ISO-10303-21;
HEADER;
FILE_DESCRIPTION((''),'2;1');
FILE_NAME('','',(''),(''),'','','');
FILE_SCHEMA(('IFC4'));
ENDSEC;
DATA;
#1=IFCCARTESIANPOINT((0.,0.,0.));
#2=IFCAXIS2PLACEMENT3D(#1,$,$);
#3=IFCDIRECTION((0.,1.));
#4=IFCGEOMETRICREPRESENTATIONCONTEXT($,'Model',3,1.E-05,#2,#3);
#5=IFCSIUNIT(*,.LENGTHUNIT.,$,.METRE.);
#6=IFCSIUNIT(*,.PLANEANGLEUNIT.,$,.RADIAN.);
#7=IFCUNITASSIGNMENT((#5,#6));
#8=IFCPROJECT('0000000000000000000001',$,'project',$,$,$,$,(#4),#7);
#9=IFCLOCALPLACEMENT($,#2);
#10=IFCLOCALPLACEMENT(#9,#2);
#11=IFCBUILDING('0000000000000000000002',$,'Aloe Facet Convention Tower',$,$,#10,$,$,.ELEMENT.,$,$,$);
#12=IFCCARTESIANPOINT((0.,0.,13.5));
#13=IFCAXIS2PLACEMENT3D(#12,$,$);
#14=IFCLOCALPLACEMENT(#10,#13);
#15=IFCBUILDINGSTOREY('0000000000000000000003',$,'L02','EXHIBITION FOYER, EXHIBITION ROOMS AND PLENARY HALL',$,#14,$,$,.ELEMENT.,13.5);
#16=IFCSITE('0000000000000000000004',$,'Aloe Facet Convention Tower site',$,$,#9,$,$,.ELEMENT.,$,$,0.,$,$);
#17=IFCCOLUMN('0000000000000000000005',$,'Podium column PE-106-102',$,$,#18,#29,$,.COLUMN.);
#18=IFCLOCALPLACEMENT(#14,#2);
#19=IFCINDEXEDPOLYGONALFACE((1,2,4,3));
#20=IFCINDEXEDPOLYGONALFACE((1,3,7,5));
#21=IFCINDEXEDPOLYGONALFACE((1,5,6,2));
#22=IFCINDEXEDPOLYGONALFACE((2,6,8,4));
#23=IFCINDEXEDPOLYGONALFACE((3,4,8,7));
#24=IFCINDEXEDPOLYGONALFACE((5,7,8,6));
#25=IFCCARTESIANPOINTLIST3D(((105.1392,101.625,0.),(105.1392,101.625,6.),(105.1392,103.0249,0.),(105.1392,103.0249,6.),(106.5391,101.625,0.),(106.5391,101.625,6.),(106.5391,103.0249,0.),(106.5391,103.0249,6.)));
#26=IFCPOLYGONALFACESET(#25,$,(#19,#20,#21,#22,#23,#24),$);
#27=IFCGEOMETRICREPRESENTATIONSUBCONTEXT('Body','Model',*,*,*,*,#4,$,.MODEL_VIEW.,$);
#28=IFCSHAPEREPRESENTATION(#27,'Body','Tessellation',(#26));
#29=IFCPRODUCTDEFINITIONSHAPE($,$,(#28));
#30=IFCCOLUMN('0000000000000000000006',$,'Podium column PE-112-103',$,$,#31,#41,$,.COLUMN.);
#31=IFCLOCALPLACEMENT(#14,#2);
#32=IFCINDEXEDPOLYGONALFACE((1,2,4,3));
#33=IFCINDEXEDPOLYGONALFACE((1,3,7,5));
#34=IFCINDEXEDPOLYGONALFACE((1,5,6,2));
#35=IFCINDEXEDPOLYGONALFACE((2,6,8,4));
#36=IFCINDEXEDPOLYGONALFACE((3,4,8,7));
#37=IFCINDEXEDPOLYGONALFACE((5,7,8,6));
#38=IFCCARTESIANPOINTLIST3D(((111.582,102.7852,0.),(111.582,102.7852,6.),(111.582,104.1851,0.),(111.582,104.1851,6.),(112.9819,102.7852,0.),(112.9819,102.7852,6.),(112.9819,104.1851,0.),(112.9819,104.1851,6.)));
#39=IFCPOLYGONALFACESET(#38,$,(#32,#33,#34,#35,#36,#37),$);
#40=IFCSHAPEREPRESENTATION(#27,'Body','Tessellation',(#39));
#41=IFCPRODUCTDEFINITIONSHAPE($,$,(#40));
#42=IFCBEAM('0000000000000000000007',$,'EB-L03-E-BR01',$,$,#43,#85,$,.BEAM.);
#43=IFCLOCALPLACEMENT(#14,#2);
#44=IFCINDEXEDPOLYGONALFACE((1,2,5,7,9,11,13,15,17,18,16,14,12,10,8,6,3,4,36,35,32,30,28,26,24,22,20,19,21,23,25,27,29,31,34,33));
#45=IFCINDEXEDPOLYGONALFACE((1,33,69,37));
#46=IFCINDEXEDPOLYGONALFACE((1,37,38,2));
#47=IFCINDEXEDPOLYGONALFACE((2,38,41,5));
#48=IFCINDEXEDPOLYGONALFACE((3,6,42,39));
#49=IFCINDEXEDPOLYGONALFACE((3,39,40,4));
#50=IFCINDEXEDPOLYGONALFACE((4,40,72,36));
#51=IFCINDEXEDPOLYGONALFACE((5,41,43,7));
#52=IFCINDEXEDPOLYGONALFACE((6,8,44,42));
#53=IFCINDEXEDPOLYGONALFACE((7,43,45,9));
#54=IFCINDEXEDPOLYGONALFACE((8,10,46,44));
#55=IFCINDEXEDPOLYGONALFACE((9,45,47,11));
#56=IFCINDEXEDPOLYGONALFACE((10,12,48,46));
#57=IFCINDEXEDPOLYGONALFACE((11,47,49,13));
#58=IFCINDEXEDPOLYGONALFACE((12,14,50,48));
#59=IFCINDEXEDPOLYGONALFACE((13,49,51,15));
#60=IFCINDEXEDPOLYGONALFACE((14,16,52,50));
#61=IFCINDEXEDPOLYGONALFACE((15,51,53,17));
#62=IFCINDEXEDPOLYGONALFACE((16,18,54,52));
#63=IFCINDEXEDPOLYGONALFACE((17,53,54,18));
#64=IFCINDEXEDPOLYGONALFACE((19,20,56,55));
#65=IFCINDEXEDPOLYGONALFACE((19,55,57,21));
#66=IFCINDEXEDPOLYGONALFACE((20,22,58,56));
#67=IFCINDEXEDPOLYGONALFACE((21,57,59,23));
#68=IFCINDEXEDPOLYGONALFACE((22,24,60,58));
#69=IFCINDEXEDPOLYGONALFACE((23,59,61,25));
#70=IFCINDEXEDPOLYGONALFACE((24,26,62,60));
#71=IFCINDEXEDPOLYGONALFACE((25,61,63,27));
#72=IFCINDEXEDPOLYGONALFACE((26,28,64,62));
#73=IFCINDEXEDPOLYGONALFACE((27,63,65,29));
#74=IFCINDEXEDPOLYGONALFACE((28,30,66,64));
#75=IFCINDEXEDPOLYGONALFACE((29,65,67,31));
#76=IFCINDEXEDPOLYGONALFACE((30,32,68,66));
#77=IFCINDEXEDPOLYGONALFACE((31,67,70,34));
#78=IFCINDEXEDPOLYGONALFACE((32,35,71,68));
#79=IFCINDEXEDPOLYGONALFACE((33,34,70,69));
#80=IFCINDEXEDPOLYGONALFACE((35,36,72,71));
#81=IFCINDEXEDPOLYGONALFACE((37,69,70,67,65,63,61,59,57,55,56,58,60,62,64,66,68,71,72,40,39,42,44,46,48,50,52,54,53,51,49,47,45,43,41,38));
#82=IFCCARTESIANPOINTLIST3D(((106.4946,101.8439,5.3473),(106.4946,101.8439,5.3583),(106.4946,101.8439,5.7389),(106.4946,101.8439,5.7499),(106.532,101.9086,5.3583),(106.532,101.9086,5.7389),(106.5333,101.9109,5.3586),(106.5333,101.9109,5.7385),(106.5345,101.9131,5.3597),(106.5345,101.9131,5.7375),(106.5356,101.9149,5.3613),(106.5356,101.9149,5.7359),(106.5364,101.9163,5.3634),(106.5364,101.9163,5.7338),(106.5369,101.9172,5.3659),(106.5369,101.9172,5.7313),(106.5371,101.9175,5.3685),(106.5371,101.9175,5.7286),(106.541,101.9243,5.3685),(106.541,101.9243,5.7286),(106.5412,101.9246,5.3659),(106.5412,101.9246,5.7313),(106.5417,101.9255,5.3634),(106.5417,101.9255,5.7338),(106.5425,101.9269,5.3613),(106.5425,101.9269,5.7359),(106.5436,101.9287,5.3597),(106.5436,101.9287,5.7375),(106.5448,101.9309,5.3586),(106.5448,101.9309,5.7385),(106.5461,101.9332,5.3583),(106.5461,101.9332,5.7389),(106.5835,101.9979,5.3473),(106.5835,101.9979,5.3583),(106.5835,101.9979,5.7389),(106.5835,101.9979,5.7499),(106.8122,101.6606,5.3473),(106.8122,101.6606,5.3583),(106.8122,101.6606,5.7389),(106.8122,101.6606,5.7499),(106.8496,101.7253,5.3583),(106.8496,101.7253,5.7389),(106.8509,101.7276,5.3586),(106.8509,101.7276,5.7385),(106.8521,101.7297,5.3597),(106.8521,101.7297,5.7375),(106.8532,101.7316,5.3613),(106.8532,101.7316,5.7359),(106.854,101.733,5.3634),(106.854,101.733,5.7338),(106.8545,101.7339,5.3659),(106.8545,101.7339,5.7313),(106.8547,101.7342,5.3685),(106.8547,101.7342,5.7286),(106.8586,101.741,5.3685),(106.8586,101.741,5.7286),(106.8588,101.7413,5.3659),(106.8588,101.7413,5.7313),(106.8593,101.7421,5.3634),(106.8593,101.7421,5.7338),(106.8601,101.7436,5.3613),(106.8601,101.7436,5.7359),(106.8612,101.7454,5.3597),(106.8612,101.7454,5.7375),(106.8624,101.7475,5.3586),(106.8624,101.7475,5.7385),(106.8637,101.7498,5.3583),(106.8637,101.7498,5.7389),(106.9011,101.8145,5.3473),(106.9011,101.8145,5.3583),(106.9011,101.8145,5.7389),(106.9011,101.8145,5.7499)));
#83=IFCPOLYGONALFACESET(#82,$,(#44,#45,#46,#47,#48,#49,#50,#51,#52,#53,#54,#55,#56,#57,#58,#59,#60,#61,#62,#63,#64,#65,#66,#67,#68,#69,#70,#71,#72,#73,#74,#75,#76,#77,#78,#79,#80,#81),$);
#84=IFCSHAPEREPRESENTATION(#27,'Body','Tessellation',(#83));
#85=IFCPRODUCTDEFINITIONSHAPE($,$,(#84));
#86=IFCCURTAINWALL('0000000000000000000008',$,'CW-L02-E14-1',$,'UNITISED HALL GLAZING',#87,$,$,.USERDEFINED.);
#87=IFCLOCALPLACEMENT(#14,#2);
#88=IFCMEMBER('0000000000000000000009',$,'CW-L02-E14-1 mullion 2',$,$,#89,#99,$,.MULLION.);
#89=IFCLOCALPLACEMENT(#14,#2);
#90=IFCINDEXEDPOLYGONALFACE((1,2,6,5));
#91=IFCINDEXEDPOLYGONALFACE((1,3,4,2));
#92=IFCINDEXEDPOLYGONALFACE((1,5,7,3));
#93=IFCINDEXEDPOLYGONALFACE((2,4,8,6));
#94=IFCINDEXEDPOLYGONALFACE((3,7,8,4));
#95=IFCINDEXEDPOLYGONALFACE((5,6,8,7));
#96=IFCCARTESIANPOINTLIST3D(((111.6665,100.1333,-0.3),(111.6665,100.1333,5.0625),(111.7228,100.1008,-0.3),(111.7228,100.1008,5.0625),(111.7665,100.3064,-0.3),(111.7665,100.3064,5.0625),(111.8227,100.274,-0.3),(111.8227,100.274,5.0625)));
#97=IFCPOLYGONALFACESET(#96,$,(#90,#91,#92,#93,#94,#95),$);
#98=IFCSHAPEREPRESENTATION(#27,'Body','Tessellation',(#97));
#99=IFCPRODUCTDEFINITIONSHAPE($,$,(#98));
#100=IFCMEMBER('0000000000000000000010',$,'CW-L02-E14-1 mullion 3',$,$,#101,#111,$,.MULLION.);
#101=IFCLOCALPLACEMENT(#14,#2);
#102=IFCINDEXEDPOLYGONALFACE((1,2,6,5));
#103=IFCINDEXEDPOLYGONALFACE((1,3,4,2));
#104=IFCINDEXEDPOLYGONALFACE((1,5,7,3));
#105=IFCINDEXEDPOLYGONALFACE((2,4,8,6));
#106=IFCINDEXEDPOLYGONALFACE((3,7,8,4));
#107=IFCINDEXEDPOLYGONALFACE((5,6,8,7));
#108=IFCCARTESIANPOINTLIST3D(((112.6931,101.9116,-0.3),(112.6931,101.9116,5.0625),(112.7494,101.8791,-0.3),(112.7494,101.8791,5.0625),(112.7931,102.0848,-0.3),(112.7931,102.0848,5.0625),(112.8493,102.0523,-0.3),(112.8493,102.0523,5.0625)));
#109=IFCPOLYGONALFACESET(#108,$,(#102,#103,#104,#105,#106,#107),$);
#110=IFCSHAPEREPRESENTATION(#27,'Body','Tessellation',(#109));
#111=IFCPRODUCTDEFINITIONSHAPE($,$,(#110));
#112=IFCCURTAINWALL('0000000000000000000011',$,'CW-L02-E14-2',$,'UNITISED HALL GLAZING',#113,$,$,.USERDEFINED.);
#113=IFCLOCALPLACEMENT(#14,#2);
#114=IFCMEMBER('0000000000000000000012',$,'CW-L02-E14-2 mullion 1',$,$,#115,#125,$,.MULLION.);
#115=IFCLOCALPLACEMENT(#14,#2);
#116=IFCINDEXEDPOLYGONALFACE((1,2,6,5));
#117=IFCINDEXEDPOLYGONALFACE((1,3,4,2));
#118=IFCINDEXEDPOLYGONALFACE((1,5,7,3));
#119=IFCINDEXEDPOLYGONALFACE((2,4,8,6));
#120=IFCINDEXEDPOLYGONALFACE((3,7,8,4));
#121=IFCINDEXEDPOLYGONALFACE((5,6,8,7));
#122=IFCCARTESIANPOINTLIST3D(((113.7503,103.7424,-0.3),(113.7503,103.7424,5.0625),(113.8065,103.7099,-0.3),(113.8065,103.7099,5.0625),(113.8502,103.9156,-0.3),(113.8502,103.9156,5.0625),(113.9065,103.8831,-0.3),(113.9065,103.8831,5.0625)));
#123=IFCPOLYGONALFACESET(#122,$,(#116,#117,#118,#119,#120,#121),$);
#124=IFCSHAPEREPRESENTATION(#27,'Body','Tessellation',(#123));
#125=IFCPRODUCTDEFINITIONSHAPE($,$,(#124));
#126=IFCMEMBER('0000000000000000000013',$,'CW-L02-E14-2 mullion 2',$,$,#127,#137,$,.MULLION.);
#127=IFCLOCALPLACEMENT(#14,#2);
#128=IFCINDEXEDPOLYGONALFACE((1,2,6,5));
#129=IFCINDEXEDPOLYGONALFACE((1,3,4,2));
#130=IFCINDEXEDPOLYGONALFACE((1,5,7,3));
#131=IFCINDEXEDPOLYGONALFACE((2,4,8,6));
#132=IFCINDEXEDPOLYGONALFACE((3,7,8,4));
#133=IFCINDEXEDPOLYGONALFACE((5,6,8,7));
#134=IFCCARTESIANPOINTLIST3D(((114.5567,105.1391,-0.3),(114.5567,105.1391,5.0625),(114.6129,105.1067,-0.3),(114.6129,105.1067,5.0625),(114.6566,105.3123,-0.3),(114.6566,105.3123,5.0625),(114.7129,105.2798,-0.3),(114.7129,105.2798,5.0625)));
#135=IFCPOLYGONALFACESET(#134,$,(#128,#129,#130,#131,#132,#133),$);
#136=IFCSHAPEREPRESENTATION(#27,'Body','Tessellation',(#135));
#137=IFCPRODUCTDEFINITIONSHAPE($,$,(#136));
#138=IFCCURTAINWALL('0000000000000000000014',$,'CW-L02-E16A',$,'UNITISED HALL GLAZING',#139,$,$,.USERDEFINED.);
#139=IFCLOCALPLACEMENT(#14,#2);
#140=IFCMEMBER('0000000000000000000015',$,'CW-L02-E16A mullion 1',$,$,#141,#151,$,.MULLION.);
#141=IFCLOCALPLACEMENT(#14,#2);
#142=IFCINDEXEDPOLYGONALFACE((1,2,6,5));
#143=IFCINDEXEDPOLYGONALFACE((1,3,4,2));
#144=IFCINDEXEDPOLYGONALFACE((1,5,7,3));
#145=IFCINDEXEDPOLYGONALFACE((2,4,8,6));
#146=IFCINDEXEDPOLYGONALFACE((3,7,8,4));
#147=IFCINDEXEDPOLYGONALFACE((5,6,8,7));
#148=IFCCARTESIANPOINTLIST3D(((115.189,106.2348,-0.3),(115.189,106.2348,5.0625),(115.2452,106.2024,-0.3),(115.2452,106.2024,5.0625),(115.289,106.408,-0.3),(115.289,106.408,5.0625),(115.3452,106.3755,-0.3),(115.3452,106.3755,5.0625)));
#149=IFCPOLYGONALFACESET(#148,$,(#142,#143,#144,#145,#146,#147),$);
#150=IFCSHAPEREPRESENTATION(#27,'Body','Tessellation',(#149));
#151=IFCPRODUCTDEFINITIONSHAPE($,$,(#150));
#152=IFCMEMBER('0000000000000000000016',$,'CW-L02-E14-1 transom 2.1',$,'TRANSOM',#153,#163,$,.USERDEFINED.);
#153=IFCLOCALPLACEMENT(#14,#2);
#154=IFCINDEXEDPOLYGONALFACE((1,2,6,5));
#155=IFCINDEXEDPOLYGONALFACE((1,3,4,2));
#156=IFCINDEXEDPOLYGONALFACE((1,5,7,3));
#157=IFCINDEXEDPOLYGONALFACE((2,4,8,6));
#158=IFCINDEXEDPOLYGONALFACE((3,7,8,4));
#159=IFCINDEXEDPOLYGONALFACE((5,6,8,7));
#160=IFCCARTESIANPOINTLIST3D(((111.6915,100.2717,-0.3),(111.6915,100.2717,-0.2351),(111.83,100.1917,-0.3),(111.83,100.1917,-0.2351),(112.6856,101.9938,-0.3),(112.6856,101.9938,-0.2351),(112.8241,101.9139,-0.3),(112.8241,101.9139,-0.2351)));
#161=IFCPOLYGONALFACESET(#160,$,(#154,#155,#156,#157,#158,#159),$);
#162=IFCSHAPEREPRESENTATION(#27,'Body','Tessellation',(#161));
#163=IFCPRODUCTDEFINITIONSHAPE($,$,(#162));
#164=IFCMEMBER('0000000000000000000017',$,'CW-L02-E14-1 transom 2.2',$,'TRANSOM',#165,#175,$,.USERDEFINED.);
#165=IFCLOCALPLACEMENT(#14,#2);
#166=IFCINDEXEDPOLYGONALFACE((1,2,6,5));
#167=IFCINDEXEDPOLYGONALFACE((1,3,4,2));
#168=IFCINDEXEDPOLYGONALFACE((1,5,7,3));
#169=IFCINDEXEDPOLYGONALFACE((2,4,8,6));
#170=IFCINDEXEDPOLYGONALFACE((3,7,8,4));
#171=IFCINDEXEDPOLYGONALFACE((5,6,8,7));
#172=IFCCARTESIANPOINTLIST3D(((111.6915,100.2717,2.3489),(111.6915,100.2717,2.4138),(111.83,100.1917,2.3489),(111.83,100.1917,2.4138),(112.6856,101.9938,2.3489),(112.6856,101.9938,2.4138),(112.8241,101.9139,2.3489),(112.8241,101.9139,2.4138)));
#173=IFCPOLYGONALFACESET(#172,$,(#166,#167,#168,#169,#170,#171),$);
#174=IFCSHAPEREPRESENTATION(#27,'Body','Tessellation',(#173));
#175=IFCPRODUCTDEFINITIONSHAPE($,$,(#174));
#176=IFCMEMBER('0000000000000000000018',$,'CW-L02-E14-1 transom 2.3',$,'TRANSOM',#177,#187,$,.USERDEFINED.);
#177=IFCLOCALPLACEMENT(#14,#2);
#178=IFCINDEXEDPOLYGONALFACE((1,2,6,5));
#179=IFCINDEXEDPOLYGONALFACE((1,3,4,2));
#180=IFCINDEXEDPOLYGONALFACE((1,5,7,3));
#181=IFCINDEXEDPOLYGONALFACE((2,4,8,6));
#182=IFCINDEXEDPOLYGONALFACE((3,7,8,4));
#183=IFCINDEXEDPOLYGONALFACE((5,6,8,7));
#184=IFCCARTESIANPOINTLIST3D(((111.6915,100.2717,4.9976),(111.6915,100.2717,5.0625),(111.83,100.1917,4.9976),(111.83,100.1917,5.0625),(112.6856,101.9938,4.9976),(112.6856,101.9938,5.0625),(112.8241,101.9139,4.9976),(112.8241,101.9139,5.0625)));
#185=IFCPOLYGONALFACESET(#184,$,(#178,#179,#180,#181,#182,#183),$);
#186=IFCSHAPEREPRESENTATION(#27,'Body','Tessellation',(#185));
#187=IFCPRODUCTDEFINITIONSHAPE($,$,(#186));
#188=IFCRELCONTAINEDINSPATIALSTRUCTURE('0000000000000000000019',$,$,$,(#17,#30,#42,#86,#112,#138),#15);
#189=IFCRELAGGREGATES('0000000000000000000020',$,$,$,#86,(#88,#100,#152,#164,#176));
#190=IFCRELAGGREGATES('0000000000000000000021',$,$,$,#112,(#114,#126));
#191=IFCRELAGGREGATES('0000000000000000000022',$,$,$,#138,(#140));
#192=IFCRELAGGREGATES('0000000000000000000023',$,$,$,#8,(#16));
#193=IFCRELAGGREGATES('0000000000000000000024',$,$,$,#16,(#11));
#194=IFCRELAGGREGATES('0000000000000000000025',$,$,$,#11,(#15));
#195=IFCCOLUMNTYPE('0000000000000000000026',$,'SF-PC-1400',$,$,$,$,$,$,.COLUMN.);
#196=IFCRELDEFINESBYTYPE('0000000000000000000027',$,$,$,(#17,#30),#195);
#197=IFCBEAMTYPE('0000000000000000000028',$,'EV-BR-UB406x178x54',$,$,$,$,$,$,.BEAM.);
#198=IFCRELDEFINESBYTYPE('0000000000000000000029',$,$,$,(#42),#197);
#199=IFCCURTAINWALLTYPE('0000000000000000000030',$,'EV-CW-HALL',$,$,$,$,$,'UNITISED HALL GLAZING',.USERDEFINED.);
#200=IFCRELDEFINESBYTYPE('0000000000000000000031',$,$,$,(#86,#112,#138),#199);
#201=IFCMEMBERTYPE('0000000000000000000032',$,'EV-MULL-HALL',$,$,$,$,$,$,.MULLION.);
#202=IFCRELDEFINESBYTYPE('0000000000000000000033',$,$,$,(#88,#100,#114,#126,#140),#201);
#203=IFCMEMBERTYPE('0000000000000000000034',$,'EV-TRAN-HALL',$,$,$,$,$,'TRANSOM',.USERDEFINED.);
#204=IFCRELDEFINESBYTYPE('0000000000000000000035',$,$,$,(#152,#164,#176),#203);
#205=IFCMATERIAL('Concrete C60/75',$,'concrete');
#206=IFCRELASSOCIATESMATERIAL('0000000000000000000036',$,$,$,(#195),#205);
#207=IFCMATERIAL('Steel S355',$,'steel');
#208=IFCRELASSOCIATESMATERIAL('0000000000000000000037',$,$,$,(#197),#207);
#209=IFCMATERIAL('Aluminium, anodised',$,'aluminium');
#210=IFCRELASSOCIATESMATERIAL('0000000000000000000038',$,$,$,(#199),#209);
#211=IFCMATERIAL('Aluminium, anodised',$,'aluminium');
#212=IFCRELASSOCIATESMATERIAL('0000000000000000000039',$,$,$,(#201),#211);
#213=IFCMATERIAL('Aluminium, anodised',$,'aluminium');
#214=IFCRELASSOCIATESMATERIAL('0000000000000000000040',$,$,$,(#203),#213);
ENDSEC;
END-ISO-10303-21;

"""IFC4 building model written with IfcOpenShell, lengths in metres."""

from ifc_helpers import new_model, si_unit, direction, frame, origin, origin_2d, place, context, subcontext, project, spatial, rectangle, i_section, extrude, material, material_profile, profile_set, type_object, element, aggregate, save


model = new_model("IFC4")

# Units and contexts
model_context = context("Model", 3, precision=1e-05, world=origin(), true_north=direction((0.0, 1.0)))
body_context = subcontext(model_context, "Body", "Model", "MODEL_VIEW")
ifc_project = project(units=[si_unit("LENGTHUNIT", "METRE"), si_unit("PLANEANGLEUNIT", "RADIAN")], contexts=[model_context])

# Site, building, storey
site_placement = place(None, origin())
site = spatial("IfcSite", under=ifc_project, at=site_placement, Name="Aloe Facet Convention Tower site", CompositionType="ELEMENT", RefElevation=0.0)
building_placement = place(site_placement, origin())
building = spatial("IfcBuilding", under=site, at=building_placement, Name="Aloe Facet Convention Tower", CompositionType="ELEMENT")
storey_placement = place(building_placement, frame((0.0, 0.0, 13.5)))
storey = spatial("IfcBuildingStorey", under=building, at=storey_placement, Name="L02", Description="EXHIBITION FOYER, EXHIBITION ROOMS AND PLENARY HALL", CompositionType="ELEMENT", Elevation=13.5)

# Columns
ifc_material_1 = material(Name="Concrete C60/75", Category="concrete")
ifc_material_profile_1 = material_profile(ifc_material_1, rectangle(XDim=1.3999, YDim=1.3999, at=origin_2d()), Name="SF-PC-1400")
ifc_profile_set_1 = profile_set([ifc_material_profile_1], Name="Concrete C60/75")
column_type = type_object("IfcColumnType", Name="SF-PC-1400", PredefinedType="COLUMN", material=ifc_profile_set_1)
for number, where, z_axis, x_axis, name in (
    (1, (105.8391, 102.325, 0.0), (0.0, 0.0, 1.0), (1.0, 0.0, 0.0), "Podium column PE-106-102"),
    (2, (112.282, 103.4851, 0.0), (0.0, 0.0, 1.0), (1.0, 0.0, 0.0), "Podium column PE-112-103"),
):
    element("IfcColumn", number, at=place(storey_placement, frame(where, z_axis=z_axis, x_axis=x_axis)), inside=storey, type_object=column_type, Name=name, PredefinedType="COLUMN", context=body_context, shape_type="SweptSolid", body=[
        extrude(rectangle(XDim=1.3999, YDim=1.3999, at=origin_2d()), origin(), (0.0, 0.0, 1.0), 6.0),
    ])

# Beam
ifc_material_2 = material(Name="Steel S355", Category="steel")
ifc_material_profile_2 = material_profile(ifc_material_2, i_section(OverallWidth=0.1777, OverallDepth=0.4026, WebThickness=0.0078, FlangeThickness=0.011, FilletRadius=0.0103, at=origin_2d()), Name="UB 406x178x54")
ifc_profile_set_2 = profile_set([ifc_material_profile_2], Name="Steel S355")
beam_type_1 = type_object("IfcBeamType", Name="EV-BR-UB406x178x54", PredefinedType="BEAM", material=ifc_profile_set_2)
beam_1_placement = place(storey_placement, frame((106.5391, 101.9209, 5.5486), z_axis=(0.866064, -0.499934, 0.0), x_axis=(0.499934, 0.866064, 0.0)))
element("IfcBeam", 3, at=beam_1_placement, inside=storey, type_object=beam_type_1, Name="EB-L03-E-BR01", PredefinedType="BEAM", context=body_context, shape_type="SweptSolid", body=[
    extrude(i_section(OverallWidth=0.1777, OverallDepth=0.4026, WebThickness=0.0078, FlangeThickness=0.011, FilletRadius=0.0103, at=origin_2d()), origin(), (0.0, 0.0, 1.0), 0.3667),
])

# Curtain walls, members
ifc_material_3 = material(Name="Aluminium, anodised", Category="aluminium")
curtain_wall_type = type_object("IfcCurtainWallType", Name="EV-CW-HALL", ElementType="UNITISED HALL GLAZING", PredefinedType="USERDEFINED", material=ifc_material_3)
curtain_wall_1_placement = place(storey_placement, origin())
curtain_wall_1 = element("IfcCurtainWall", 4, at=curtain_wall_1_placement, inside=storey, type_object=curtain_wall_type, Name="CW-L02-E14-1", ObjectType="UNITISED HALL GLAZING", PredefinedType="USERDEFINED")
ifc_material_4 = material(Name="Aluminium, anodised", Category="aluminium")
ifc_material_profile_3 = material_profile(ifc_material_4, rectangle(XDim=0.0649, YDim=0.2, at=origin_2d()), Name="AL 65x200")
ifc_profile_set_3 = profile_set([ifc_material_profile_3], Name="Aluminium, anodised")
member_type_1 = type_object("IfcMemberType", Name="EV-MULL-HALL", PredefinedType="MULLION", material=ifc_profile_set_3)
member_1_placement = place(storey_placement, frame((111.7446, 100.2036, -0.3), z_axis=(0.0, 0.0, 1.0), x_axis=(-0.866025, 0.5, 0.0)))
member_1 = element("IfcMember", 5, at=member_1_placement, type_object=member_type_1, Name="CW-L02-E14-1 mullion 2", PredefinedType="MULLION", context=body_context, shape_type="SweptSolid", body=[
    extrude(rectangle(XDim=0.0649, YDim=0.2, at=origin_2d()), origin(), (0.0, 0.0, 1.0), 5.3625),
])
member_2_placement = place(storey_placement, frame((112.7712, 101.9819, -0.3), z_axis=(0.0, 0.0, 1.0), x_axis=(-0.866025, 0.5, 0.0)))
member_2 = element("IfcMember", 6, at=member_2_placement, type_object=member_type_1, Name="CW-L02-E14-1 mullion 3", PredefinedType="MULLION", context=body_context, shape_type="SweptSolid", body=[
    extrude(rectangle(XDim=0.0649, YDim=0.2, at=origin_2d()), origin(), (0.0, 0.0, 1.0), 5.3625),
])
curtain_wall_2_placement = place(storey_placement, origin())
curtain_wall_2 = element("IfcCurtainWall", 7, at=curtain_wall_2_placement, inside=storey, type_object=curtain_wall_type, Name="CW-L02-E14-2", ObjectType="UNITISED HALL GLAZING", PredefinedType="USERDEFINED")
member_3_placement = place(storey_placement, frame((113.8284, 103.8127, -0.3), z_axis=(0.0, 0.0, 1.0), x_axis=(-0.866025, 0.5, 0.0)))
member_3 = element("IfcMember", 8, at=member_3_placement, type_object=member_type_1, Name="CW-L02-E14-2 mullion 1", PredefinedType="MULLION", context=body_context, shape_type="SweptSolid", body=[
    extrude(rectangle(XDim=0.0649, YDim=0.2, at=origin_2d()), origin(), (0.0, 0.0, 1.0), 5.3625),
])
member_4_placement = place(storey_placement, frame((114.6348, 105.2095, -0.3), z_axis=(0.0, 0.0, 1.0), x_axis=(-0.866025, 0.5, 0.0)))
member_4 = element("IfcMember", 9, at=member_4_placement, type_object=member_type_1, Name="CW-L02-E14-2 mullion 2", PredefinedType="MULLION", context=body_context, shape_type="SweptSolid", body=[
    extrude(rectangle(XDim=0.0649, YDim=0.2, at=origin_2d()), origin(), (0.0, 0.0, 1.0), 5.3625),
])

# Curtain wall, member
curtain_wall_3_placement = place(storey_placement, origin())
curtain_wall_3 = element("IfcCurtainWall", 10, at=curtain_wall_3_placement, inside=storey, type_object=curtain_wall_type, Name="CW-L02-E16A", ObjectType="UNITISED HALL GLAZING", PredefinedType="USERDEFINED")
member_5_placement = place(storey_placement, frame((115.2671, 106.3052, -0.3), z_axis=(0.0, 0.0, 1.0), x_axis=(-0.866025, 0.5, 0.0)))
member_5 = element("IfcMember", 11, at=member_5_placement, type_object=member_type_1, Name="CW-L02-E16A mullion 1", PredefinedType="MULLION", context=body_context, shape_type="SweptSolid", body=[
    extrude(rectangle(XDim=0.0649, YDim=0.2, at=origin_2d()), origin(), (0.0, 0.0, 1.0), 5.3625),
])

# Members
ifc_material_5 = material(Name="Aluminium, anodised", Category="aluminium")
ifc_material_profile_4 = material_profile(ifc_material_5, rectangle(XDim=0.1599, YDim=0.0649, at=origin_2d()), Name="AL 160x65")
ifc_profile_set_4 = profile_set([ifc_material_profile_4], Name="Aluminium, anodised")
member_type_2 = type_object("IfcMemberType", Name="EV-TRAN-HALL", ElementType="TRANSOM", PredefinedType="USERDEFINED", material=ifc_profile_set_4)
member_6_placement = place(storey_placement, frame((111.7607, 100.2317, -0.2676), z_axis=(0.499942, 0.866059, 0.0), x_axis=(-0.866059, 0.499942, 0.0)))
member_6 = element("IfcMember", 12, at=member_6_placement, type_object=member_type_2, Name="CW-L02-E14-1 transom 2.1", ObjectType="TRANSOM", PredefinedType="USERDEFINED", context=body_context, shape_type="SweptSolid", body=[
    extrude(rectangle(XDim=0.1599, YDim=0.0649, at=origin_2d()), origin(), (0.0, 0.0, 1.0), 1.9885),
])
member_7_placement = place(storey_placement, frame((111.7607, 100.2317, 2.3813), z_axis=(0.499942, 0.866059, 0.0), x_axis=(-0.866059, 0.499942, 0.0)))
member_7 = element("IfcMember", 13, at=member_7_placement, type_object=member_type_2, Name="CW-L02-E14-1 transom 2.2", ObjectType="TRANSOM", PredefinedType="USERDEFINED", context=body_context, shape_type="SweptSolid", body=[
    extrude(rectangle(XDim=0.1599, YDim=0.0649, at=origin_2d()), origin(), (0.0, 0.0, 1.0), 1.9885),
])
member_8_placement = place(storey_placement, frame((111.7607, 100.2317, 5.03), z_axis=(0.499942, 0.866059, 0.0), x_axis=(-0.866059, 0.499942, 0.0)))
member_8 = element("IfcMember", 14, at=member_8_placement, type_object=member_type_2, Name="CW-L02-E14-1 transom 2.3", ObjectType="TRANSOM", PredefinedType="USERDEFINED", context=body_context, shape_type="SweptSolid", body=[
    extrude(rectangle(XDim=0.1599, YDim=0.0649, at=origin_2d()), origin(), (0.0, 0.0, 1.0), 1.9885),
])

aggregate(curtain_wall_1, [member_1, member_2, member_6, member_7, member_8])
aggregate(curtain_wall_2, [member_3, member_4])
aggregate(curtain_wall_3, [member_5])

save(model, "model.ifc")
